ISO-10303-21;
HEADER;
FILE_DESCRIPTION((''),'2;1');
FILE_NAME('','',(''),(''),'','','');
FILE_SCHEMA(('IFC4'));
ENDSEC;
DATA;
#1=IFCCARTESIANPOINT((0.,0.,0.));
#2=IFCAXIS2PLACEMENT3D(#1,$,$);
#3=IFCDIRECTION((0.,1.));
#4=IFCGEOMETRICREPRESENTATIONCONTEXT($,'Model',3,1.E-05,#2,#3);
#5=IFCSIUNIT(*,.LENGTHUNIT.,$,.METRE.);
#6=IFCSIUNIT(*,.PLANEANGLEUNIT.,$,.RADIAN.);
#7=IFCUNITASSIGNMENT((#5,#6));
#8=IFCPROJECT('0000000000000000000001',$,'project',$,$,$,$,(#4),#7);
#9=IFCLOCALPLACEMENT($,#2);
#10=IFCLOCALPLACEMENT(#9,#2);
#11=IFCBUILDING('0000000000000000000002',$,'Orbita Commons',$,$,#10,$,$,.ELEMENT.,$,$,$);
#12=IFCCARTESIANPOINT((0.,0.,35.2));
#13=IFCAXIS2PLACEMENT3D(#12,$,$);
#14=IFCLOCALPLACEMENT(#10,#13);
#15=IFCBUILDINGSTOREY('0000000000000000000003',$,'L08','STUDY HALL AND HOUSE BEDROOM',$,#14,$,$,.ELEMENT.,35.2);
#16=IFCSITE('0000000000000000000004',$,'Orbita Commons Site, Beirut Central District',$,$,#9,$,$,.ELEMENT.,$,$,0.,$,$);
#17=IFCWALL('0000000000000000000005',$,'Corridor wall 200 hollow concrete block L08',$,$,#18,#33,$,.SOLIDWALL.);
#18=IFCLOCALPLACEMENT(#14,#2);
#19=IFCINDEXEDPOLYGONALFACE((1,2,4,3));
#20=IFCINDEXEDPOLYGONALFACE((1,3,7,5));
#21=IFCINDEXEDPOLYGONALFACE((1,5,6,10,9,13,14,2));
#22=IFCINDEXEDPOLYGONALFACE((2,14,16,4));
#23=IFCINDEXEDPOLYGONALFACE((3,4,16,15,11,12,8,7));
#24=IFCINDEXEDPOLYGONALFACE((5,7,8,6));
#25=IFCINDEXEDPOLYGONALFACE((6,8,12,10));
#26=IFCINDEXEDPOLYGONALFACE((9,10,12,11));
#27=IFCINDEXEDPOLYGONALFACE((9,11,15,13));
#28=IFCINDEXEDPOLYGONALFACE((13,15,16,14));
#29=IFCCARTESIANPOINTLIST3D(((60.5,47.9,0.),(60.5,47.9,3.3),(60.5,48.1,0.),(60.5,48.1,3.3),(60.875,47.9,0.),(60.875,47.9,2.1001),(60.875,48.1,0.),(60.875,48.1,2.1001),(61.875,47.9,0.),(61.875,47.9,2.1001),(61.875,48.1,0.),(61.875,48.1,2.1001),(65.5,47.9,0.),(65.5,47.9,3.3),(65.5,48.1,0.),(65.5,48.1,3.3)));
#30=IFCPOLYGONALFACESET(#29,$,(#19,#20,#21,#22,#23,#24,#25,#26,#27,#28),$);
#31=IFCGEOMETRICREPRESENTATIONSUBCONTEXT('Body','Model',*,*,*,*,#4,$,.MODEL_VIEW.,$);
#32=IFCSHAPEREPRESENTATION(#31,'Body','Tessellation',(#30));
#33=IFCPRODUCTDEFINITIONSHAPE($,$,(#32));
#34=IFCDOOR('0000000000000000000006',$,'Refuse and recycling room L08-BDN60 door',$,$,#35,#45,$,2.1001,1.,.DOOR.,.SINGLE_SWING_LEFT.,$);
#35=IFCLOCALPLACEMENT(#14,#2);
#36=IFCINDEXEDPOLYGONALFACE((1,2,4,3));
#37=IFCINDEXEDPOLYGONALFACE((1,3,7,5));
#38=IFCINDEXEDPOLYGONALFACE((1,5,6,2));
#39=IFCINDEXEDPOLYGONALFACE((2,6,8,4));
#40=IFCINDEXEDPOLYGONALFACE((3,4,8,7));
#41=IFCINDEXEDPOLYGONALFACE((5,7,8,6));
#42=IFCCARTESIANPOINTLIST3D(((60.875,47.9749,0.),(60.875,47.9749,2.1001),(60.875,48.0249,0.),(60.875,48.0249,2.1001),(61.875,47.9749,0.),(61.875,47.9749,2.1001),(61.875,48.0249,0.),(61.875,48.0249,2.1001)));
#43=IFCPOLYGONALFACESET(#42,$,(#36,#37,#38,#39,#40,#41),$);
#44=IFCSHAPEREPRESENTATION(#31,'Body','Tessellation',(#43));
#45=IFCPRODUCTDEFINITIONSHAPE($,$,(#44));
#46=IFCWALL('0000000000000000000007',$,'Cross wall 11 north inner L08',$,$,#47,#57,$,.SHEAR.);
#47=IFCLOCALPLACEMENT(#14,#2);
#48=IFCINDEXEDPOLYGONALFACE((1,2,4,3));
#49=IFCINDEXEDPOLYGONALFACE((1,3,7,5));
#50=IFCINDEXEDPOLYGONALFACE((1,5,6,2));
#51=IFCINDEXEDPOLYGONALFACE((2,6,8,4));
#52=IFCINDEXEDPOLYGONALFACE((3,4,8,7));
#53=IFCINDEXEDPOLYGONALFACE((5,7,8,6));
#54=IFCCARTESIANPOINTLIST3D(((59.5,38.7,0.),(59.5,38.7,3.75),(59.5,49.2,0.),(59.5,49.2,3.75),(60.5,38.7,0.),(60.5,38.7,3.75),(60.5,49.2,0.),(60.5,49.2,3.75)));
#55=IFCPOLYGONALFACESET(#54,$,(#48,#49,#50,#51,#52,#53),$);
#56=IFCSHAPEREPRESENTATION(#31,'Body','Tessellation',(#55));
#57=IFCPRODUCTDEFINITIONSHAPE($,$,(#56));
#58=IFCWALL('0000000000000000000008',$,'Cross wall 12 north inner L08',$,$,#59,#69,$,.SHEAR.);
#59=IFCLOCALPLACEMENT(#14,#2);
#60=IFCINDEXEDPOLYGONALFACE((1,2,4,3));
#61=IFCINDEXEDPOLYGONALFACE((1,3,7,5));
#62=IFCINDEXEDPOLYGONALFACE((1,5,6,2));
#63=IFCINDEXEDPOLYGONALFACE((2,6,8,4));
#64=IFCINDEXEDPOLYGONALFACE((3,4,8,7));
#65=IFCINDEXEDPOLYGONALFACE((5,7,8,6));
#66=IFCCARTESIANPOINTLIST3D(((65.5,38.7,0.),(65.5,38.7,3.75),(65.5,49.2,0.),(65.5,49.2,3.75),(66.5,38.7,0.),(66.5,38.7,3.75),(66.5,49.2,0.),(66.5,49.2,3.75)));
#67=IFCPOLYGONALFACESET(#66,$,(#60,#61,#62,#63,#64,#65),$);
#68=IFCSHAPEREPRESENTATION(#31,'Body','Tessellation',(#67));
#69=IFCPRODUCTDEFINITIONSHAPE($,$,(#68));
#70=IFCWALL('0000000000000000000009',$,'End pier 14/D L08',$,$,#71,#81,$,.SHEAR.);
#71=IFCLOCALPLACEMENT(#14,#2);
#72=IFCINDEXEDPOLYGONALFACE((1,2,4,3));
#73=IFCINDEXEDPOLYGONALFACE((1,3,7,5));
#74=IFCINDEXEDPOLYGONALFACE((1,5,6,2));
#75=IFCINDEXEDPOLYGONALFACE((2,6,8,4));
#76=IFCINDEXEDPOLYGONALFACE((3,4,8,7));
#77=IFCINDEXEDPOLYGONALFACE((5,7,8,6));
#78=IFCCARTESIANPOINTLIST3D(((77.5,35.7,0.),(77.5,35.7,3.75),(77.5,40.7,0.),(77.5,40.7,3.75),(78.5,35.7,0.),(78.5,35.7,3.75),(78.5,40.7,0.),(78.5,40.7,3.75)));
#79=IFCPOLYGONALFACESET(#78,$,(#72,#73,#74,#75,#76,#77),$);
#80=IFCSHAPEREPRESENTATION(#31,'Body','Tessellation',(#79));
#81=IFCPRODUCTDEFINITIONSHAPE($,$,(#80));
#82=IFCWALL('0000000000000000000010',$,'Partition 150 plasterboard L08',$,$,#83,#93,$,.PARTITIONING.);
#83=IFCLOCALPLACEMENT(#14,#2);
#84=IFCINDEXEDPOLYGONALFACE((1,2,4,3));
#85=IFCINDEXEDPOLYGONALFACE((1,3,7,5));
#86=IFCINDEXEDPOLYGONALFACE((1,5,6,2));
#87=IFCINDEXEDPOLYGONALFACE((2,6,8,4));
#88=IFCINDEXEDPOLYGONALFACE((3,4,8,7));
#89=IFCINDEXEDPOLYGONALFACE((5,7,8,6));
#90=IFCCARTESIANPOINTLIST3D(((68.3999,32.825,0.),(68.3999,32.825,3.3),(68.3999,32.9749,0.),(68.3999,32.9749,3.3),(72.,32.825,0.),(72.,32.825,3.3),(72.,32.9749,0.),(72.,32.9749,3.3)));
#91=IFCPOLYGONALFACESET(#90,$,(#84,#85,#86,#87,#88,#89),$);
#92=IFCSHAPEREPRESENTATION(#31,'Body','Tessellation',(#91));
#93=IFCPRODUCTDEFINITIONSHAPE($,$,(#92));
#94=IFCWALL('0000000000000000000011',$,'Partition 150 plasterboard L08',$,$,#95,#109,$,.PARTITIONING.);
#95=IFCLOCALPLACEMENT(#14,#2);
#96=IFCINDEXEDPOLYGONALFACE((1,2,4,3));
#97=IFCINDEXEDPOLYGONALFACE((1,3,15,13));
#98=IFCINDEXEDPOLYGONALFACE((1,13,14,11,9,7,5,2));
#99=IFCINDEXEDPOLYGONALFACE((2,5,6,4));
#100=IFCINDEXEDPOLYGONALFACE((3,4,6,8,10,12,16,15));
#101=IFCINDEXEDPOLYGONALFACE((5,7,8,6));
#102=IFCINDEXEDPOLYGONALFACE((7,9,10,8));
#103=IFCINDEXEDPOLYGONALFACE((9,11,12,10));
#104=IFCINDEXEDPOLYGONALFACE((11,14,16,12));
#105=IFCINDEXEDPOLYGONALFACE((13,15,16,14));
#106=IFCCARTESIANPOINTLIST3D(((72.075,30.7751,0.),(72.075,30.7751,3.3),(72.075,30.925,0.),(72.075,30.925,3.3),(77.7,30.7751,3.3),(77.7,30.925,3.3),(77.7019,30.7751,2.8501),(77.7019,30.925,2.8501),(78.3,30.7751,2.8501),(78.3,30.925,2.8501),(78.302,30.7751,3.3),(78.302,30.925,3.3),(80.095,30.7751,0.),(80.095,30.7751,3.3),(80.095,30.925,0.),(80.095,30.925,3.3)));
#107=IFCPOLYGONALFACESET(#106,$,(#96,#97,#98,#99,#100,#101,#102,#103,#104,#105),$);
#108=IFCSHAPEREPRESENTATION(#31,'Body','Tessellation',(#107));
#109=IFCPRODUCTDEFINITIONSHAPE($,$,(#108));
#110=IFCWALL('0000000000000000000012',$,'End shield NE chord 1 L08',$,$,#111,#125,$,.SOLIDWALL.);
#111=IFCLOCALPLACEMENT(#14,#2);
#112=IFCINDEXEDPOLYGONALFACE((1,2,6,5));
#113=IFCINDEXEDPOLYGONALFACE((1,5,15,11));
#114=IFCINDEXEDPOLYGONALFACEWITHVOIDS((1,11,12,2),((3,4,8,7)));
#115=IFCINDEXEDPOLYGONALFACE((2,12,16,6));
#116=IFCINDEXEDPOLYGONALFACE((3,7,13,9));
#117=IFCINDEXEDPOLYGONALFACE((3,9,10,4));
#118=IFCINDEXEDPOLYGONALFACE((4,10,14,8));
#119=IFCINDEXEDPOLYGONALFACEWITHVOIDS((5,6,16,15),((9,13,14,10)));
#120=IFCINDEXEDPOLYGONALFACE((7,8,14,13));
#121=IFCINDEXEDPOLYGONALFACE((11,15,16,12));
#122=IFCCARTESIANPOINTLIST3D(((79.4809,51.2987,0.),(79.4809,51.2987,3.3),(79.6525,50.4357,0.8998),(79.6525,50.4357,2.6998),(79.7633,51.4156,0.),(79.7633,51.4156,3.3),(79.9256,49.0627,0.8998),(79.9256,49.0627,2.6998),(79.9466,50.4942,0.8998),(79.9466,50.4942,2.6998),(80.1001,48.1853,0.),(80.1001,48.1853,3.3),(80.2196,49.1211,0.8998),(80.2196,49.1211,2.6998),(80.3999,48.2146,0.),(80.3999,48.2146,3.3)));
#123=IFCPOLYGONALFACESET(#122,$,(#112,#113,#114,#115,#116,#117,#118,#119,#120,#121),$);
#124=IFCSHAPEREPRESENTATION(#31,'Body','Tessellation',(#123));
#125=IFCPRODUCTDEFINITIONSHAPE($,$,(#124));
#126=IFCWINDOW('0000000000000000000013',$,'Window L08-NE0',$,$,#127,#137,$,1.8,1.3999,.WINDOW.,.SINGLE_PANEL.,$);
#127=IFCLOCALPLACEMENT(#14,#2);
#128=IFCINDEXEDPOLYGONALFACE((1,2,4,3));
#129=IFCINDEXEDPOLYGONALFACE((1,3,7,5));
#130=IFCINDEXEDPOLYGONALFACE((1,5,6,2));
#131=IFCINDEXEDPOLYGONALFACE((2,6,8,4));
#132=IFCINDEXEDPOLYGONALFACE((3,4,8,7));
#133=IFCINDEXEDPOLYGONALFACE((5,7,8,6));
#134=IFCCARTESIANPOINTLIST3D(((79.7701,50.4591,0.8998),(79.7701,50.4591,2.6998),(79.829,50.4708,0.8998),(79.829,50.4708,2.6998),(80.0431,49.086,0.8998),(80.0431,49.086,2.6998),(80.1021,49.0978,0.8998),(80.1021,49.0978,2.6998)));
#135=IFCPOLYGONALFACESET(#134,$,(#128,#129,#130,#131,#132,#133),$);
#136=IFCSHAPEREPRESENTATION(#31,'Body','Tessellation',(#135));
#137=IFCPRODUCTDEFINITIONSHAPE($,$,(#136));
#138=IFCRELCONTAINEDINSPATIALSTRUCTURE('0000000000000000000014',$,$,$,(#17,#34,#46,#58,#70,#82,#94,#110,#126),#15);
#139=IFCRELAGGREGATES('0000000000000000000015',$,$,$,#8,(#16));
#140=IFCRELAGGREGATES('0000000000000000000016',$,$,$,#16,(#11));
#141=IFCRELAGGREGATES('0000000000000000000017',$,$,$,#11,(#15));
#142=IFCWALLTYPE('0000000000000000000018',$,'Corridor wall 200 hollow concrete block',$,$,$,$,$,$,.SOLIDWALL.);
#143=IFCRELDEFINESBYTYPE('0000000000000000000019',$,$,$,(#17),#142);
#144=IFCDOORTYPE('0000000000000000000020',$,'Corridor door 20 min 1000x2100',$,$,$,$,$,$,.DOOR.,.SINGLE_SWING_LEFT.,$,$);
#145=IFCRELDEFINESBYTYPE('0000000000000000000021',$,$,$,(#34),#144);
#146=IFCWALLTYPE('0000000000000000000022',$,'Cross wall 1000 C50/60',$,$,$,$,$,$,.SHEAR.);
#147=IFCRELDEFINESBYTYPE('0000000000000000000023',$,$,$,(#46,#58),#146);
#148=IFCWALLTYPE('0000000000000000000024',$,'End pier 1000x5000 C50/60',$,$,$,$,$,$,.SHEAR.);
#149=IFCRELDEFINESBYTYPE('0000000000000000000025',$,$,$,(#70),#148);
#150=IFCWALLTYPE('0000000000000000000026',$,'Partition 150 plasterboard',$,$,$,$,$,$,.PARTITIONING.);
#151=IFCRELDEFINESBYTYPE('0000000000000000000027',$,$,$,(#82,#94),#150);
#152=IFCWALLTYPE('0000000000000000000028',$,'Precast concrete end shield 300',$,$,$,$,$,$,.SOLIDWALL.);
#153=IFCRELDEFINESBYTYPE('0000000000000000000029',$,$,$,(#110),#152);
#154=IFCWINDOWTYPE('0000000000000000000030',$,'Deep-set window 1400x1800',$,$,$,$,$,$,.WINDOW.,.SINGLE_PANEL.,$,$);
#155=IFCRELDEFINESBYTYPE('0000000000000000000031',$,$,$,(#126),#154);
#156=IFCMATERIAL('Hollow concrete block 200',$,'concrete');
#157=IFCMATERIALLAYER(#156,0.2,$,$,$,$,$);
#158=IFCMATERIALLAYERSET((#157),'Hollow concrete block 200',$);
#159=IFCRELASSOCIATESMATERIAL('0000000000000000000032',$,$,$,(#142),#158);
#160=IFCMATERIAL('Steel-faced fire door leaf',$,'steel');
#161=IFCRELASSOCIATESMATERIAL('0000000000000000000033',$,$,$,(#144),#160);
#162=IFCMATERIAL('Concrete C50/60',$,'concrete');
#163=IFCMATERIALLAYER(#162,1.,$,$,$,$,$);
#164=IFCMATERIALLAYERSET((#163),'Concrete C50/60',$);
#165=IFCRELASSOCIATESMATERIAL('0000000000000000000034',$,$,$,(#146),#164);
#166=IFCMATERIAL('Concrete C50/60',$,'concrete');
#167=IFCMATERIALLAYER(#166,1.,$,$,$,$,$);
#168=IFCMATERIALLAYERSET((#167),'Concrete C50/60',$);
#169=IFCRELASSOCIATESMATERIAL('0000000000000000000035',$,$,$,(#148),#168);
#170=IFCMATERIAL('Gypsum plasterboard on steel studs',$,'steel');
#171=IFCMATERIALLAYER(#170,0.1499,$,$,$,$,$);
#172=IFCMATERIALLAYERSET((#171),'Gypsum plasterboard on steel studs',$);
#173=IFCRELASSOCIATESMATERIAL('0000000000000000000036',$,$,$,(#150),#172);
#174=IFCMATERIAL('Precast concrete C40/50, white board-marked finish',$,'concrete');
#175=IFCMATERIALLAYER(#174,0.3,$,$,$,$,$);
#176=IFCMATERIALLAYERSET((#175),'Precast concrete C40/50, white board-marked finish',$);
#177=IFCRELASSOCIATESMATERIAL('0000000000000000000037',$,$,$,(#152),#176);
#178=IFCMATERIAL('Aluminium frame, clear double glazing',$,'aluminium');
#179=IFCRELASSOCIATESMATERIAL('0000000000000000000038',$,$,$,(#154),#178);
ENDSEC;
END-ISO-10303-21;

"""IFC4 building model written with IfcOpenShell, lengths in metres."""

from ifc_helpers import new_model, si_unit, direction, frame, frame_2d, origin, place, context, subcontext, project, spatial, polyline, rectangle, outline, extrude, material, layer, layer_set, type_object, element, fill, save


model = new_model("IFC4")

# Units and contexts
model_context = context("Model", 3, precision=1e-05, world=origin(), true_north=direction((0.0, 1.0)))
body_context = subcontext(model_context, "Body", "Model", "MODEL_VIEW")
ifc_project = project(units=[si_unit("LENGTHUNIT", "METRE"), si_unit("PLANEANGLEUNIT", "RADIAN")], contexts=[model_context])

# Site, building, storey
site_placement = place(None, origin())
site = spatial("IfcSite", under=ifc_project, at=site_placement, Name="Orbita Commons Site, Beirut Central District", CompositionType="ELEMENT", RefElevation=0.0)
building_placement = place(site_placement, origin())
building = spatial("IfcBuilding", under=site, at=building_placement, Name="Orbita Commons", CompositionType="ELEMENT")
storey_placement = place(building_placement, frame((0.0, 0.0, 35.2)))
storey = spatial("IfcBuildingStorey", under=building, at=storey_placement, Name="L08", Description="STUDY HALL AND HOUSE BEDROOM", CompositionType="ELEMENT", Elevation=35.2)

# Wall, opening, door
ifc_material_1 = material(Name="Hollow concrete block 200", Category="concrete")
ifc_layer_1 = layer(ifc_material_1, 0.2)
ifc_layer_set_1 = layer_set([ifc_layer_1], Name="Hollow concrete block 200")
wall_type_1 = type_object("IfcWallType", Name="Corridor wall 200 hollow concrete block", PredefinedType="SOLIDWALL", material=ifc_layer_set_1)
wall_1_placement = place(storey_placement, frame((60.5, 48.0, 0.0), z_axis=(0.0, 0.0, 1.0), x_axis=(1.0, 0.0, 0.0)))
wall_1 = element("IfcWall", 1, at=wall_1_placement, inside=storey, type_object=wall_type_1, Name="Corridor wall 200 hollow concrete block L08", PredefinedType="SOLIDWALL", context=body_context, shape_type="SweptSolid", body=[
    extrude(rectangle(XDim=5.0, YDim=0.2, at=frame_2d((2.5, 0.0))), origin(), (0.0, 0.0, 1.0), 3.3),
])
opening_1_placement = place(wall_1_placement, frame((0.375, 0.0, 0.0)))
opening_1 = element("IfcOpeningElement", 2, at=opening_1_placement, cuts=wall_1, PredefinedType="OPENING", context=body_context, shape_type="SweptSolid", body=[
    extrude(rectangle(XDim=1.0, YDim=2.1001, at=frame_2d((0.5, 1.05))), frame((0.0, 0.1099, 0.0), z_axis=(0.0, -1.0, 0.0), x_axis=(1.0, 0.0, 0.0)), (0.0, 0.0, 1.0), 0.22),
])
ifc_material_2 = material(Name="Steel-faced fire door leaf", Category="steel")
door_type_1 = type_object("IfcDoorType", Name="Corridor door 20 min 1000x2100", OperationType="SINGLE_SWING_LEFT", PredefinedType="DOOR", material=ifc_material_2)
door_1_placement = place(opening_1_placement, origin())
door_1 = element("IfcDoor", 3, at=door_1_placement, inside=storey, type_object=door_type_1, Name="Refuse and recycling room L08-BDN60 door", OperationType="SINGLE_SWING_LEFT", OverallHeight=2.1001, OverallWidth=1.0, PredefinedType="DOOR", context=body_context, shape_type="SweptSolid", body=[
    extrude(rectangle(XDim=1.0, YDim=2.1001, at=frame_2d((0.5, 1.05))), frame((0.0, 0.0249, 0.0), z_axis=(0.0, -1.0, 0.0), x_axis=(1.0, 0.0, 0.0)), (0.0, 0.0, 1.0), 0.05),
])
fill(opening_1, door_1)

# Walls
ifc_material_3 = material(Name="Concrete C50/60", Category="concrete")
ifc_layer_2 = layer(ifc_material_3, 1.0)
ifc_layer_set_2 = layer_set([ifc_layer_2], Name="Concrete C50/60")
wall_type_2 = type_object("IfcWallType", Name="Cross wall 1000 C50/60", PredefinedType="SHEAR", material=ifc_layer_set_2)
for number, where, z_axis, x_axis, name in (
    (4, (60.0, 38.7, 0.0), (0.0, 0.0, 1.0), (0.0, 1.0, 0.0), "Cross wall 11 north inner L08"),
    (5, (66.0, 38.7, 0.0), (0.0, 0.0, 1.0), (0.0, 1.0, 0.0), "Cross wall 12 north inner L08"),
):
    element("IfcWall", number, at=place(storey_placement, frame(where, z_axis=z_axis, x_axis=x_axis)), inside=storey, type_object=wall_type_2, Name=name, PredefinedType="SHEAR", context=body_context, shape_type="SweptSolid", body=[
        extrude(rectangle(XDim=10.5, YDim=1.0, at=frame_2d((5.25, 0.0))), origin(), (0.0, 0.0, 1.0), 3.75),
    ])
ifc_material_4 = material(Name="Concrete C50/60", Category="concrete")
ifc_layer_3 = layer(ifc_material_4, 1.0)
ifc_layer_set_3 = layer_set([ifc_layer_3], Name="Concrete C50/60")
wall_type_3 = type_object("IfcWallType", Name="End pier 1000x5000 C50/60", PredefinedType="SHEAR", material=ifc_layer_set_3)
wall_2_placement = place(storey_placement, frame((78.0, 35.7, 0.0), z_axis=(0.0, 0.0, 1.0), x_axis=(0.0, 1.0, 0.0)))
element("IfcWall", 6, at=wall_2_placement, inside=storey, type_object=wall_type_3, Name="End pier 14/D L08", PredefinedType="SHEAR", context=body_context, shape_type="SweptSolid", body=[
    extrude(rectangle(XDim=5.0, YDim=1.0, at=frame_2d((2.5, 0.0))), origin(), (0.0, 0.0, 1.0), 3.75),
])
ifc_material_5 = material(Name="Gypsum plasterboard on steel studs", Category="steel")
ifc_layer_4 = layer(ifc_material_5, 0.1499)
ifc_layer_set_4 = layer_set([ifc_layer_4], Name="Gypsum plasterboard on steel studs")
wall_type_4 = type_object("IfcWallType", Name="Partition 150 plasterboard", PredefinedType="PARTITIONING", material=ifc_layer_set_4)
wall_3_placement = place(storey_placement, frame((68.3999, 32.8999, 0.0), z_axis=(0.0, 0.0, 1.0), x_axis=(1.0, 0.0, 0.0)))
element("IfcWall", 7, at=wall_3_placement, inside=storey, type_object=wall_type_4, Name="Partition 150 plasterboard L08", PredefinedType="PARTITIONING", context=body_context, shape_type="SweptSolid", body=[
    extrude(rectangle(XDim=3.6001, YDim=0.1499, at=frame_2d((1.8, 0.0))), origin(), (0.0, 0.0, 1.0), 3.3),
])
wall_4_placement = place(storey_placement, frame((72.075, 30.8501, 0.0), z_axis=(0.0, 0.0, 1.0), x_axis=(1.0, 0.0, 0.0)))
element("IfcWall", 8, at=wall_4_placement, inside=storey, type_object=wall_type_4, Name="Partition 150 plasterboard L08", PredefinedType="PARTITIONING", context=body_context, shape_type="SweptSolid", body=[
    extrude(outline(polyline([(0.0, 0.0), (8.02, 0.0), (8.02, 3.3), (6.2271, 3.3), (6.2251, 2.8501), (5.627, 2.8501), (5.625, 3.3), (0.0, 3.3), (0.0, 0.0)])), frame((0.0, 0.075, 0.0), z_axis=(0.0, -1.0, 0.0), x_axis=(1.0, 0.0, 0.0)), (0.0, 0.0, 1.0), 0.1499),
])

# Wall, opening, window
ifc_material_6 = material(Name="Precast concrete C40/50, white board-marked finish", Category="concrete")
ifc_layer_5 = layer(ifc_material_6, 0.3)
ifc_layer_set_5 = layer_set([ifc_layer_5], Name="Precast concrete C40/50, white board-marked finish")
wall_type_5 = type_object("IfcWallType", Name="Precast concrete end shield 300", PredefinedType="SOLIDWALL", material=ifc_layer_set_5)
wall_5_placement = place(storey_placement, frame((80.25, 48.2, 0.0), z_axis=(0.0, 0.0, 1.0), x_axis=(-0.195066, 0.98079, 0.0)))
wall_5 = element("IfcWall", 9, at=wall_5_placement, inside=storey, type_object=wall_type_5, Name="End shield NE chord 1 L08", PredefinedType="SOLIDWALL", context=body_context, shape_type="SweptSolid", body=[
    extrude(outline(polyline([(-0.0149, -0.1499), (3.2488, -0.1499), (3.1892, 0.1499), (0.0149, 0.1499), (-0.0149, -0.1499)])), origin(), (0.0, 0.0, 1.0), 3.3),
])
opening_2_placement = place(wall_5_placement, frame((0.9094, 0.0, 0.8999)))
opening_2 = element("IfcOpeningElement", 10, at=opening_2_placement, cuts=wall_5, PredefinedType="OPENING", context=body_context, shape_type="SweptSolid", body=[
    extrude(rectangle(XDim=1.3999, YDim=1.8, at=frame_2d((0.7, 0.8999))), frame((0.0, 0.1599, 0.0), z_axis=(0.0, -1.0, 0.0), x_axis=(1.0, 0.0, 0.0)), (0.0, 0.0, 1.0), 0.3201),
])
ifc_material_7 = material(Name="Aluminium frame, clear double glazing", Category="aluminium")
window_type = type_object("IfcWindowType", Name="Deep-set window 1400x1800", PartitioningType="SINGLE_PANEL", PredefinedType="WINDOW", material=ifc_material_7)
window_placement = place(opening_2_placement, origin())
window = element("IfcWindow", 11, at=window_placement, inside=storey, type_object=window_type, Name="Window L08-NE0", OverallHeight=1.8, OverallWidth=1.3999, PartitioningType="SINGLE_PANEL", PredefinedType="WINDOW", context=body_context, shape_type="SweptSolid", body=[
    extrude(rectangle(XDim=1.3999, YDim=1.8, at=frame_2d((0.7, 0.8999))), frame((0.0, 0.03, 0.0), z_axis=(0.0, -1.0, 0.0), x_axis=(1.0, 0.0, 0.0)), (0.0, 0.0, 1.0), 0.0601),
])
fill(opening_2, window)

save(model, "model.ifc")
